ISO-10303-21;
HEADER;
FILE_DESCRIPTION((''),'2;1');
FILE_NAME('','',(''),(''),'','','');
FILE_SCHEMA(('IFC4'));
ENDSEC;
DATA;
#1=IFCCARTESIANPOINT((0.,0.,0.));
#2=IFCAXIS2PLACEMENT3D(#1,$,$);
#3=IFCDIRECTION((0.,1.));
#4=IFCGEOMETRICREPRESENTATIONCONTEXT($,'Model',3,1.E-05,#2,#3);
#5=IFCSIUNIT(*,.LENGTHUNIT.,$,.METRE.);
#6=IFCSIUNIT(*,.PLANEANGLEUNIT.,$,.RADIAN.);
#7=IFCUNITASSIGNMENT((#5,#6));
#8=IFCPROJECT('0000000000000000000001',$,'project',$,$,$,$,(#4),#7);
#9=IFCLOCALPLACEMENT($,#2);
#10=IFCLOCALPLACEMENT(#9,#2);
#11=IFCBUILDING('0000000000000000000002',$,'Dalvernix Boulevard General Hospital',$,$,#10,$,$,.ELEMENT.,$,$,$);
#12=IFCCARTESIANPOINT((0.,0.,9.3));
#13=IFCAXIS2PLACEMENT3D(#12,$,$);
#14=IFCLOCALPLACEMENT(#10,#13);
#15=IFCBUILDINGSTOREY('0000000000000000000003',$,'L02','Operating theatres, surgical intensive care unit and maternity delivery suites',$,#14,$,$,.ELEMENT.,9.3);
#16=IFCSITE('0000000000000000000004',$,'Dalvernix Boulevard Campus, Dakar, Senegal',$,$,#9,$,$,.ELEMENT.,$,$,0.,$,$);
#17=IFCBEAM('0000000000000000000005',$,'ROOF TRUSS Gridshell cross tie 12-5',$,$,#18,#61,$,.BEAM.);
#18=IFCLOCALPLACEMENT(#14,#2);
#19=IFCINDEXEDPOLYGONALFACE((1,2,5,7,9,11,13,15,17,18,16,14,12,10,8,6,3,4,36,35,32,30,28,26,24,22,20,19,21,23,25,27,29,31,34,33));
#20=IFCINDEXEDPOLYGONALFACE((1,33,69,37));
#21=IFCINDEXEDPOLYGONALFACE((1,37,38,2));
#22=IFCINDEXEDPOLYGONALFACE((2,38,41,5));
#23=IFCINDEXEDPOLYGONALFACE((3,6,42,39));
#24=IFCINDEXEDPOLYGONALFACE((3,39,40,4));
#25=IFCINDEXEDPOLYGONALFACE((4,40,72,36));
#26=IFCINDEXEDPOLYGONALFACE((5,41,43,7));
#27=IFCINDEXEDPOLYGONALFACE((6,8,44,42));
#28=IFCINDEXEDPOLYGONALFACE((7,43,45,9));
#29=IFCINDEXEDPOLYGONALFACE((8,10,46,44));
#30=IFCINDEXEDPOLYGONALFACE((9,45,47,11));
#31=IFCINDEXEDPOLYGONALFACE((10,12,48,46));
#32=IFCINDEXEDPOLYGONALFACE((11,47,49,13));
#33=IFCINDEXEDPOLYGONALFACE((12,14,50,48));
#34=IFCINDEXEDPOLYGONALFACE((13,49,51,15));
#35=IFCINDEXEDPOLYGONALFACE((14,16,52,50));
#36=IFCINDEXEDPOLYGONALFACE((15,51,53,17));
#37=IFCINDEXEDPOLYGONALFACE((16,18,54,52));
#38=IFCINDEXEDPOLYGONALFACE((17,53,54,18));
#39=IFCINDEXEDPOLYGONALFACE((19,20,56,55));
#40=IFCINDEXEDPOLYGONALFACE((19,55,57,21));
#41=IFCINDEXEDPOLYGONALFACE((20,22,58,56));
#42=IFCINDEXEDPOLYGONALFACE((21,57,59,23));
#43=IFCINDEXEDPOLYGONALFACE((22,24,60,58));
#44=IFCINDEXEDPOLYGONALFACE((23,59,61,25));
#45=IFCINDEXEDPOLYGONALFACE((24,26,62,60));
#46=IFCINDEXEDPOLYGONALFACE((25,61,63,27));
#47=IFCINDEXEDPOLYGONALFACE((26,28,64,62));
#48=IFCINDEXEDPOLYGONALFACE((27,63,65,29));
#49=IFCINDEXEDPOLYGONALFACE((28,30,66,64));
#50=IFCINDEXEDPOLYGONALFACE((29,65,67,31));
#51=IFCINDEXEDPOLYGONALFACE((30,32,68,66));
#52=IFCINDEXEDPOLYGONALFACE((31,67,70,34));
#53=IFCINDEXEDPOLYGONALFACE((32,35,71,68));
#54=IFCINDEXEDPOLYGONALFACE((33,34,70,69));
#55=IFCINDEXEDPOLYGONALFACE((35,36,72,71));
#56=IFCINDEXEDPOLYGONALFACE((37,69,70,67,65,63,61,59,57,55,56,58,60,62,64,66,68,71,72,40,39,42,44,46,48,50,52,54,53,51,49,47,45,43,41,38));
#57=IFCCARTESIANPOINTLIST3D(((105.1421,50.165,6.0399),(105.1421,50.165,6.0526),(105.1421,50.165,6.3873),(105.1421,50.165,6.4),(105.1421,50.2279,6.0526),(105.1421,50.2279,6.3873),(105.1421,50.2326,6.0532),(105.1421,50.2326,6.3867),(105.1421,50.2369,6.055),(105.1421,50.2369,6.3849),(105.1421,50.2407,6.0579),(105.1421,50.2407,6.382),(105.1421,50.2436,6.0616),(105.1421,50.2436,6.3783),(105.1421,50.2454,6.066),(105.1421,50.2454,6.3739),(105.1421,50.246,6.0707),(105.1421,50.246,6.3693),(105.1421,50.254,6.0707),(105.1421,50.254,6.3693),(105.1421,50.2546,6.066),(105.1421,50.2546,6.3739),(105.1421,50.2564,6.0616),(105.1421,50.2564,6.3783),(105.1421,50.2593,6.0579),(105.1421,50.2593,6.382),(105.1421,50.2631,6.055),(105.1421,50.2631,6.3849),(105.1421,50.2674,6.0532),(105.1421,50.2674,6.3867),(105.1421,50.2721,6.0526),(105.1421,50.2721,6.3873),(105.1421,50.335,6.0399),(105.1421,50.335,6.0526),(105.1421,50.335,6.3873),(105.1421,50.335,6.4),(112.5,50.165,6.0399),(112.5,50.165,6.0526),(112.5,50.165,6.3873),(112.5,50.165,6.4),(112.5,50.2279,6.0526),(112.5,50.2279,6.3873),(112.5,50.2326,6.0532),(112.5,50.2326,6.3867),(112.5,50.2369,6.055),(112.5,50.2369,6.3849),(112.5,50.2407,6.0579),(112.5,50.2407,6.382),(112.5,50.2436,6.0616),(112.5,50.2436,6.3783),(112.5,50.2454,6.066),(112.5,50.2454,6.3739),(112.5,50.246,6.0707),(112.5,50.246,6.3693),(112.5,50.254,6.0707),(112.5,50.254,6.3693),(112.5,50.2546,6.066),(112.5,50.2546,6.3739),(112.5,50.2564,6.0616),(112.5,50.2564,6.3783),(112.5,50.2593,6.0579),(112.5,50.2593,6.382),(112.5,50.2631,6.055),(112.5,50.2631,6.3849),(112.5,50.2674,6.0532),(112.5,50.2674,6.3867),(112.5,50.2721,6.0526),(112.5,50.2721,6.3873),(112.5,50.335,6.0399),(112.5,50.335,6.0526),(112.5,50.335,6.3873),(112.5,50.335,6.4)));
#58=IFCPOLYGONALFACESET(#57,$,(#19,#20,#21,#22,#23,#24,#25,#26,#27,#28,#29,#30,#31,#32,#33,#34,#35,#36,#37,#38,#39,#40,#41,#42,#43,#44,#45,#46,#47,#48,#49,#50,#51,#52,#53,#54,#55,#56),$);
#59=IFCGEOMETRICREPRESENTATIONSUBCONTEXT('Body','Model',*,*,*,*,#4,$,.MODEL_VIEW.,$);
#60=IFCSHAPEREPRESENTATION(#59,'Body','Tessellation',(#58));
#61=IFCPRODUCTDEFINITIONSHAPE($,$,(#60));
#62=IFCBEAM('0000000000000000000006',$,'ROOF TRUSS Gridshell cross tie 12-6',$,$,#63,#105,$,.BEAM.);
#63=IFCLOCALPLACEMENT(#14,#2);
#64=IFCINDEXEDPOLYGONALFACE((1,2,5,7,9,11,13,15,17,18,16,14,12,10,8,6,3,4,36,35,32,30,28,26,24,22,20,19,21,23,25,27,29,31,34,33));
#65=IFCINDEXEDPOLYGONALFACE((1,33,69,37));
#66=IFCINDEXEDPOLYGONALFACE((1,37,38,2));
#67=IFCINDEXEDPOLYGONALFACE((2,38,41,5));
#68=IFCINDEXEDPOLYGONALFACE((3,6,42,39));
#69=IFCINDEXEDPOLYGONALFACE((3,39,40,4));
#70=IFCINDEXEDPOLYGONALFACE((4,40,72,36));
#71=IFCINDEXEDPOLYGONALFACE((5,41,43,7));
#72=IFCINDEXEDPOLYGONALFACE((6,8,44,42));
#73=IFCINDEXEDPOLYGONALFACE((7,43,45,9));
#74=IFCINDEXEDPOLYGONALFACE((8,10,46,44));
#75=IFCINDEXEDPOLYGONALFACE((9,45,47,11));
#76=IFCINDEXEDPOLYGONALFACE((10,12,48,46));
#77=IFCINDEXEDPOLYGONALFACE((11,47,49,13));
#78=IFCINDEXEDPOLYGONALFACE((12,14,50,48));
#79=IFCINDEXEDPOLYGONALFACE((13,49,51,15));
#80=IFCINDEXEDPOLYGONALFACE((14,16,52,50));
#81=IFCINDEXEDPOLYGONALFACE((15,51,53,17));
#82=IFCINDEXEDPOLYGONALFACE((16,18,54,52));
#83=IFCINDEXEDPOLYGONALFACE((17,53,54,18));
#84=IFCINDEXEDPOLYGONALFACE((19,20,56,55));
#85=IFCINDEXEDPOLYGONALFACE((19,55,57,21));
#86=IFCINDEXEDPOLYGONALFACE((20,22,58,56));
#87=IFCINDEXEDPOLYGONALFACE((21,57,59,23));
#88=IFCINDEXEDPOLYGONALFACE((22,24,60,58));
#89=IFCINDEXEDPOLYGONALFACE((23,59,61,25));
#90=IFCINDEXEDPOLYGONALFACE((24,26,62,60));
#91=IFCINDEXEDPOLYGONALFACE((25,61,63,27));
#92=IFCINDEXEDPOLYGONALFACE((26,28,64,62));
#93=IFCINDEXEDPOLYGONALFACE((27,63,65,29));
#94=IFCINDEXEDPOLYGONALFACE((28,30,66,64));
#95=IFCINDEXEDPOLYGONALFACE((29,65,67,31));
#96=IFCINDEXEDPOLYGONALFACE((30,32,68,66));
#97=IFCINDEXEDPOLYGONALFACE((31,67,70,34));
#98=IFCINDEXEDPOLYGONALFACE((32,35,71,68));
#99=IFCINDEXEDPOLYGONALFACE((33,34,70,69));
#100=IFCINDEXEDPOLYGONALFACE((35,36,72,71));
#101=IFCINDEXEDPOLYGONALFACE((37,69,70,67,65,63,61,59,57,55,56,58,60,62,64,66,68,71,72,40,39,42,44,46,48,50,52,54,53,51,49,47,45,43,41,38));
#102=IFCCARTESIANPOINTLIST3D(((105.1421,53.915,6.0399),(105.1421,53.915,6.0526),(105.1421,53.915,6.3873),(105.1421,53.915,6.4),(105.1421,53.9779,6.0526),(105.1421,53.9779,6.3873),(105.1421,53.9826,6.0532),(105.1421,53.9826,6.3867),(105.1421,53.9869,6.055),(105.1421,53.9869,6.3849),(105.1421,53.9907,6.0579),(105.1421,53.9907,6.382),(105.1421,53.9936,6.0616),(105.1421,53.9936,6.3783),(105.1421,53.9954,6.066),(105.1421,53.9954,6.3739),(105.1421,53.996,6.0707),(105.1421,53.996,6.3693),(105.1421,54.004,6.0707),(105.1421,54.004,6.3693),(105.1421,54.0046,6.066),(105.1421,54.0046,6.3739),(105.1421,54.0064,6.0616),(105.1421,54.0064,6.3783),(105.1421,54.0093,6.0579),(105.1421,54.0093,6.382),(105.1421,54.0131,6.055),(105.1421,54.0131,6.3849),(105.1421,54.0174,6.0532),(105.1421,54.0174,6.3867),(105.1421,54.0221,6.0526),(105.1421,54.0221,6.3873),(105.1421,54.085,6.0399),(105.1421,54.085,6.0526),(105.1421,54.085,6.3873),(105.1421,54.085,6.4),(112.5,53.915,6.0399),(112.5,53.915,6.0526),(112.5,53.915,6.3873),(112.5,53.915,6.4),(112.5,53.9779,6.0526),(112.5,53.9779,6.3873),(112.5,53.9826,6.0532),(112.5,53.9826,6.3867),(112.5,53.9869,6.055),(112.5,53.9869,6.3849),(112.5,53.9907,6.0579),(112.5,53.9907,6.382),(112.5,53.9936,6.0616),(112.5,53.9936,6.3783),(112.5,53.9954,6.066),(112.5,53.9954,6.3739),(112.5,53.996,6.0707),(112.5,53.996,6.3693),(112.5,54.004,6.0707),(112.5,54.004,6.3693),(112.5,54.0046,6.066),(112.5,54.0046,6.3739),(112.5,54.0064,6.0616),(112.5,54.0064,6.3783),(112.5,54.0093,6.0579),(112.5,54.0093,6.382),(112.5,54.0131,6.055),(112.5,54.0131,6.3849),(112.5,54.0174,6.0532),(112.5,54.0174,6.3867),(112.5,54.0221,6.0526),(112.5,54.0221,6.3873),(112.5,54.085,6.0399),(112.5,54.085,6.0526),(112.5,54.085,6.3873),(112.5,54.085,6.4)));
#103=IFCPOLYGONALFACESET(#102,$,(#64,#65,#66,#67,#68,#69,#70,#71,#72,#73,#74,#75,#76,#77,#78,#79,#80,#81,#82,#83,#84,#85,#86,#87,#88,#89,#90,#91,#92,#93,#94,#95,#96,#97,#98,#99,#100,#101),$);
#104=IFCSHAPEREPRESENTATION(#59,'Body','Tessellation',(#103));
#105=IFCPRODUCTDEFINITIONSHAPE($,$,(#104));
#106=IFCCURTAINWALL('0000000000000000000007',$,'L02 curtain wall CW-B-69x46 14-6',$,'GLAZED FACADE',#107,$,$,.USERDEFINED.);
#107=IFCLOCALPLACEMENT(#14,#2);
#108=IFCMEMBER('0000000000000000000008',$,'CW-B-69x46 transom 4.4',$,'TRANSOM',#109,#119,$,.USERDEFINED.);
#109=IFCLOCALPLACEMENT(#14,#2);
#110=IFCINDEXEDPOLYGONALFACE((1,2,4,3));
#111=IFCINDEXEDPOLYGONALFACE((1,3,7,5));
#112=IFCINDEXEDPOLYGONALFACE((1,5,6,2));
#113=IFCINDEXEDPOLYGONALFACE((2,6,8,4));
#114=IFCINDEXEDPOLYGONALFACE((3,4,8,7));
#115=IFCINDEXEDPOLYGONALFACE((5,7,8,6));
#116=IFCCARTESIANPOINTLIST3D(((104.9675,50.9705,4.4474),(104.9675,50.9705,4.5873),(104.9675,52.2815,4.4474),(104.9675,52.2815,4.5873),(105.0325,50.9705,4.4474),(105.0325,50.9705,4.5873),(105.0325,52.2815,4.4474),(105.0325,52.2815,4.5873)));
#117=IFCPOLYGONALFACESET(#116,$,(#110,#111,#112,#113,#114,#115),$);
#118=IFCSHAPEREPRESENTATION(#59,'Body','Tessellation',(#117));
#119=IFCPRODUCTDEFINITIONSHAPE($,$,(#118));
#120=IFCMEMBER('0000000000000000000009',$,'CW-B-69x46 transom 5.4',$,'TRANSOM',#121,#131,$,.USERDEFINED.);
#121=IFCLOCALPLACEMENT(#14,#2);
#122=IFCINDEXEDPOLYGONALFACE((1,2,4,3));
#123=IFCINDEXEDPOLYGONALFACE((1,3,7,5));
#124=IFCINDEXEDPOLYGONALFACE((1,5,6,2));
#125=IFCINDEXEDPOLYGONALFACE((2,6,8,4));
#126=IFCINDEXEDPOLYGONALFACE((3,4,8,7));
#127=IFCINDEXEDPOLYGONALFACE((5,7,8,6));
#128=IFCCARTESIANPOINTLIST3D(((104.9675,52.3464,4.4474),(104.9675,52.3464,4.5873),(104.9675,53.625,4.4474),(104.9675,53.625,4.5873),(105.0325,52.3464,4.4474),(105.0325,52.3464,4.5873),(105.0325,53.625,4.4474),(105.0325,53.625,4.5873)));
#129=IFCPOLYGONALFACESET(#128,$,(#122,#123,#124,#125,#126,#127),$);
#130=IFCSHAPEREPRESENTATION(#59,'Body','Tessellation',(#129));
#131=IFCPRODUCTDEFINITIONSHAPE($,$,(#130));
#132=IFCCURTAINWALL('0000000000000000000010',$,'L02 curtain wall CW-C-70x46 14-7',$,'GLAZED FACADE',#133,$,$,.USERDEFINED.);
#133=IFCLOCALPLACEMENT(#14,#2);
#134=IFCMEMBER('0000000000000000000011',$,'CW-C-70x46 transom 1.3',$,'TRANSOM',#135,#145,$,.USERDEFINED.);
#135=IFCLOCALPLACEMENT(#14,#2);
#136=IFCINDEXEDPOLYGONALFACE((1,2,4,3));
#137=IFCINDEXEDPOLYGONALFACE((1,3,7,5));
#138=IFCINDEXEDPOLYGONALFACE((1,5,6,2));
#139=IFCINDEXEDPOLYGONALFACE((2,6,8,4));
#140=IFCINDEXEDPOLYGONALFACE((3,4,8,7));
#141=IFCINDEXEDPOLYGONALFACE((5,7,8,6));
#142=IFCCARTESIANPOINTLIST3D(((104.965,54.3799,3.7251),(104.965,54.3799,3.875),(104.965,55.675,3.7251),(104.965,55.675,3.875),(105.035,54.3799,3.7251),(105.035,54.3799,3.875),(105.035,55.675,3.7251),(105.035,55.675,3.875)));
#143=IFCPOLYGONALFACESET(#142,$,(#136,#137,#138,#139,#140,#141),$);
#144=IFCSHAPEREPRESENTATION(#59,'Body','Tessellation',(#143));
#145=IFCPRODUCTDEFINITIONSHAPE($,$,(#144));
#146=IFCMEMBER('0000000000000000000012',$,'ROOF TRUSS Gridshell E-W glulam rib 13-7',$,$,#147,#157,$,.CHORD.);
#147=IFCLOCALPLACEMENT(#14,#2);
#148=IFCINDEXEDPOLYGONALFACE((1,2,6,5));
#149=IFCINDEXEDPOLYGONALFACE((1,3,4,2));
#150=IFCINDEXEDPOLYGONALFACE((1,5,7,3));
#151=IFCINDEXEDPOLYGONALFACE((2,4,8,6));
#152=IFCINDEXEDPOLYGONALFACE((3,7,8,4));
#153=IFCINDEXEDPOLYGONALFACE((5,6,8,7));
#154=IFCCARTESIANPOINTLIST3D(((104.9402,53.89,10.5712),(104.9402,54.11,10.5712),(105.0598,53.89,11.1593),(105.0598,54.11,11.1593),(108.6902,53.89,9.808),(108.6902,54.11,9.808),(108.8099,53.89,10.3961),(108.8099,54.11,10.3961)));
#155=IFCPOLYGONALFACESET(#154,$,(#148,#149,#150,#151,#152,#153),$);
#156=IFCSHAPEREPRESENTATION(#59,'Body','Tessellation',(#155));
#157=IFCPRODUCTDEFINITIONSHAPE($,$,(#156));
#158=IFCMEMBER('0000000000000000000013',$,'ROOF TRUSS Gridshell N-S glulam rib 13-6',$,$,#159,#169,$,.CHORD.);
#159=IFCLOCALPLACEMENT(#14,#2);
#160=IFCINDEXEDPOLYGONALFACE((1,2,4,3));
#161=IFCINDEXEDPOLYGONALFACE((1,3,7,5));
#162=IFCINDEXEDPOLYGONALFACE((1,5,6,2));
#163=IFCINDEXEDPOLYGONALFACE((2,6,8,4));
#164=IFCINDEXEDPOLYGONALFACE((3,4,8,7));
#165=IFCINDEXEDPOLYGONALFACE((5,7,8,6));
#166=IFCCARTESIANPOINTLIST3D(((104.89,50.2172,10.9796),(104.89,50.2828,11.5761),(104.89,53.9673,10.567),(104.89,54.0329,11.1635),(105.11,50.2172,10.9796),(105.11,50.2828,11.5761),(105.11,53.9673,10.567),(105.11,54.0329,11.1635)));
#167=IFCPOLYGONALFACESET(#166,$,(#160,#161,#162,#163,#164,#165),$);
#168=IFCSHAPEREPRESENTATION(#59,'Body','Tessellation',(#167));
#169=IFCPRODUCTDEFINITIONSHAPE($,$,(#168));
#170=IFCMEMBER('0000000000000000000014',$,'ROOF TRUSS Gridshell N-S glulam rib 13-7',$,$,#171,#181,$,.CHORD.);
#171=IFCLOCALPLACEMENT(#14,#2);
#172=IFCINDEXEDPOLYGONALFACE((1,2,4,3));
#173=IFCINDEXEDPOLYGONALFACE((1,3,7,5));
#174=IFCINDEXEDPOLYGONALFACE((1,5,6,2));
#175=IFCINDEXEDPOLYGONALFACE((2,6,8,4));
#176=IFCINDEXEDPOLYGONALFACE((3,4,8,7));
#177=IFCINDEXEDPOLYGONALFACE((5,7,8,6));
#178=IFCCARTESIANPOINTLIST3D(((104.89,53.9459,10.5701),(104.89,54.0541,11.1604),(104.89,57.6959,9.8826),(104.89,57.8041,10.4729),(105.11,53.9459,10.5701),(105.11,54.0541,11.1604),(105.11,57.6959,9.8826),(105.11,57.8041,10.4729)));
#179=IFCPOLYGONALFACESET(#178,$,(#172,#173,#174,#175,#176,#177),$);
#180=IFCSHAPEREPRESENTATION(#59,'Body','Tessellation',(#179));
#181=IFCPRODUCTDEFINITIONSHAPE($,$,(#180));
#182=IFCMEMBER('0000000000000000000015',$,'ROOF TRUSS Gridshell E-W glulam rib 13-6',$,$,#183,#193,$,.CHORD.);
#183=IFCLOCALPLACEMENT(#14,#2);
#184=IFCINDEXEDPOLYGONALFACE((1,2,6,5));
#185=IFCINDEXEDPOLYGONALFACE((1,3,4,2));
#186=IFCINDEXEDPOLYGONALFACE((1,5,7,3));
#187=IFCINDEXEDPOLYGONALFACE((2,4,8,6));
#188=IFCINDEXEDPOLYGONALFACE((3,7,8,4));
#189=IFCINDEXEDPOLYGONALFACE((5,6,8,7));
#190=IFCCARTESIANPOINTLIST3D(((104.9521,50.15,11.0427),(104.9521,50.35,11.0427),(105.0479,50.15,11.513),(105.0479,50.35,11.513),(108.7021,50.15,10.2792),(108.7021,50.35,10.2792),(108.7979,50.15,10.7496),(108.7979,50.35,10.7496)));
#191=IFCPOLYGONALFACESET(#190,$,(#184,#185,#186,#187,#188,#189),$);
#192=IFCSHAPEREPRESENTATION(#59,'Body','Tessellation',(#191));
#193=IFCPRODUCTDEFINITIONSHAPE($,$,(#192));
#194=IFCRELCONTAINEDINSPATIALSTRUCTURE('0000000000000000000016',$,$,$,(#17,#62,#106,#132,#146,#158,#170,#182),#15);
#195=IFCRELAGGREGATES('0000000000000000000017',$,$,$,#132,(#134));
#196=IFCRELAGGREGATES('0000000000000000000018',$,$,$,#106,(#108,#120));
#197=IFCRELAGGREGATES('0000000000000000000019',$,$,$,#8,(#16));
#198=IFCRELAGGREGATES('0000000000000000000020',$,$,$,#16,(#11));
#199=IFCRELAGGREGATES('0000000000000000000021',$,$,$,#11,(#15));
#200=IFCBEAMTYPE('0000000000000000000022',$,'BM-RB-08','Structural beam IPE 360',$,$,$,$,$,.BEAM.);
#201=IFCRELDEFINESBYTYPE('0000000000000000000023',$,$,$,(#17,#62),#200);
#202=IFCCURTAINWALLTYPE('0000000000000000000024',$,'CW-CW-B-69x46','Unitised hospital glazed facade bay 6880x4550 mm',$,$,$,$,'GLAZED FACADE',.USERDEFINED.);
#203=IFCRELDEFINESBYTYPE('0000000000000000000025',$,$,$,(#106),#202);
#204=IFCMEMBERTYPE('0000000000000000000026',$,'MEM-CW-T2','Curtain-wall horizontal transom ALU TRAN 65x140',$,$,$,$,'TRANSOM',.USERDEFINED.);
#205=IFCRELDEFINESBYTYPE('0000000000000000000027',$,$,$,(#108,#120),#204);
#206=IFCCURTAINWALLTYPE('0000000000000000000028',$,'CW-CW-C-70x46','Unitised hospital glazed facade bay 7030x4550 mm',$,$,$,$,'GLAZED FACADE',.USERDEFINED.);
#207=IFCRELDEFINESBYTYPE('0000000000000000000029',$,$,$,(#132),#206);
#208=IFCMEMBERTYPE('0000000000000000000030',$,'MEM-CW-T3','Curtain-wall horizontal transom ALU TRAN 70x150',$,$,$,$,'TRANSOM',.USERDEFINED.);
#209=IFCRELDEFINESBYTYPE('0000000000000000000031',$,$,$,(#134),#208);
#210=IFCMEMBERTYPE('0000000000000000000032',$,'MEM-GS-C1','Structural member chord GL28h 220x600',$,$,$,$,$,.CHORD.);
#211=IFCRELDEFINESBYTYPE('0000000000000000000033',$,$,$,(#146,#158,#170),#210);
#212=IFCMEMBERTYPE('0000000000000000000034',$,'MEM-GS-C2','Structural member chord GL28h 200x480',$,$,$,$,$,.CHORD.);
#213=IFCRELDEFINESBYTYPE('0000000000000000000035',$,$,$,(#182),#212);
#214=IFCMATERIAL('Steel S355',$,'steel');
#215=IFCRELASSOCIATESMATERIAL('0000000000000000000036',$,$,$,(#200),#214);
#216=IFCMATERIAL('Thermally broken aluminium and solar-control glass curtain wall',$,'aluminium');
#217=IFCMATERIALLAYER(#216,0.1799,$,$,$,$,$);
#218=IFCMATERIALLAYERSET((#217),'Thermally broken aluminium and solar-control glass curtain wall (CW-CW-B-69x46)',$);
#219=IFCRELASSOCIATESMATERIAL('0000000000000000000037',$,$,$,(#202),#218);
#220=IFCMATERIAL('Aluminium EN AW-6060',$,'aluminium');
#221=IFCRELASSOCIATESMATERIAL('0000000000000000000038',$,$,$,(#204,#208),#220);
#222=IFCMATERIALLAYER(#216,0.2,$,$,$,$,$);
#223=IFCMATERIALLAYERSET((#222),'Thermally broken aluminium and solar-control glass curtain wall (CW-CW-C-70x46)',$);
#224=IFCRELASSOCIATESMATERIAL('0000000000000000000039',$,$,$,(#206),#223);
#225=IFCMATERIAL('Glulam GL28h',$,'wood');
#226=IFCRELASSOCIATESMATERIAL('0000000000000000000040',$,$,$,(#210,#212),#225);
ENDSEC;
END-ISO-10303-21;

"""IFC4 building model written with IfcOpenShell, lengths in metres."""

from ifc_helpers import new_model, si_unit, direction, frame, origin, origin_2d, place, context, subcontext, project, spatial, rectangle, i_section, extrude, material, layer, layer_set, material_profile, profile_set, type_object, element, aggregate, save


model = new_model("IFC4")

# Units and contexts
model_context = context("Model", 3, precision=1e-05, world=origin(), true_north=direction((0.0, 1.0)))
body_context = subcontext(model_context, "Body", "Model", "MODEL_VIEW")
ifc_project = project(units=[si_unit("LENGTHUNIT", "METRE"), si_unit("PLANEANGLEUNIT", "RADIAN")], contexts=[model_context])

# Site, building, storey
site_placement = place(None, origin())
site = spatial("IfcSite", under=ifc_project, at=site_placement, Name="Dalvernix Boulevard Campus, Dakar, Senegal", CompositionType="ELEMENT", RefElevation=0.0)
building_placement = place(site_placement, origin())
building = spatial("IfcBuilding", under=site, at=building_placement, Name="Dalvernix Boulevard General Hospital", CompositionType="ELEMENT")
storey_placement = place(building_placement, frame((0.0, 0.0, 9.3)))
storey = spatial("IfcBuildingStorey", under=building, at=storey_placement, Name="L02", Description="Operating theatres, surgical intensive care unit and maternity delivery suites", CompositionType="ELEMENT", Elevation=9.3)

# Beams
ifc_material_1 = material(Name="Steel S355", Category="steel")
ifc_material_profile_1 = material_profile(ifc_material_1, i_section(OverallWidth=0.1699, OverallDepth=0.3601, WebThickness=0.0081, FlangeThickness=0.0127, FilletRadius=0.0181, at=origin_2d()), Name="IPE 360")
ifc_profile_set_1 = profile_set([ifc_material_profile_1], Name="Steel S355")
beam_type = type_object("IfcBeamType", Name="BM-RB-08", Description="Structural beam IPE 360", PredefinedType="BEAM", material=ifc_profile_set_1)
for number, where, z_axis, x_axis, name in (
    (1, (105.1421, 50.25, 6.22), (1.0, 0.0, 0.0), (0.0, 1.0, 0.0), "ROOF TRUSS Gridshell cross tie 12-5"),
    (2, (105.1421, 54.0, 6.22), (1.0, 0.0, 0.0), (0.0, 1.0, 0.0), "ROOF TRUSS Gridshell cross tie 12-6"),
):
    element("IfcBeam", number, at=place(storey_placement, frame(where, z_axis=z_axis, x_axis=x_axis)), inside=storey, type_object=beam_type, Name=name, PredefinedType="BEAM", context=body_context, shape_type="SweptSolid", body=[
        extrude(i_section(OverallWidth=0.1699, OverallDepth=0.3601, WebThickness=0.0081, FlangeThickness=0.0127, FilletRadius=0.0181, at=origin_2d()), origin(), (0.0, 0.0, 1.0), 7.3579),
    ])

# Curtain wall, members
ifc_material_2 = material(Name="Thermally broken aluminium and solar-control glass curtain wall", Category="aluminium")
ifc_layer_1 = layer(ifc_material_2, 0.1799)
ifc_layer_set_1 = layer_set([ifc_layer_1], Name="Thermally broken aluminium and solar-control glass curtain wall (CW-CW-B-69x46)")
curtain_wall_type_1 = type_object("IfcCurtainWallType", Name="CW-CW-B-69x46", Description="Unitised hospital glazed facade bay 6880x4550 mm", ElementType="GLAZED FACADE", PredefinedType="USERDEFINED", material=ifc_layer_set_1)
curtain_wall_1_placement = place(storey_placement, origin())
curtain_wall_1 = element("IfcCurtainWall", 3, at=curtain_wall_1_placement, inside=storey, type_object=curtain_wall_type_1, Name="L02 curtain wall CW-B-69x46 14-6", ObjectType="GLAZED FACADE", PredefinedType="USERDEFINED")
ifc_material_3 = material(Name="Aluminium EN AW-6060", Category="aluminium")
ifc_material_profile_2 = material_profile(ifc_material_3, rectangle(XDim=0.0649, YDim=0.1399, at=origin_2d()), Name="ALU TRAN 65x140")
ifc_profile_set_2 = profile_set([ifc_material_profile_2], Name="Aluminium EN AW-6060")
member_type_1 = type_object("IfcMemberType", Name="MEM-CW-T2", Description="Curtain-wall horizontal transom ALU TRAN 65x140", ElementType="TRANSOM", PredefinedType="USERDEFINED", material=ifc_profile_set_2)
member_1_placement = place(storey_placement, frame((105.0, 50.9705, 4.5173), z_axis=(0.0, 1.0, 0.0), x_axis=(-1.0, 0.0, 0.0)))
member_1 = element("IfcMember", 4, at=member_1_placement, type_object=member_type_1, Name="CW-B-69x46 transom 4.4", ObjectType="TRANSOM", PredefinedType="USERDEFINED", context=body_context, shape_type="SweptSolid", body=[
    extrude(rectangle(XDim=0.0649, YDim=0.1399, at=origin_2d()), origin(), (0.0, 0.0, 1.0), 1.311),
])
member_2_placement = place(storey_placement, frame((105.0, 52.3464, 4.5173), z_axis=(0.0, 1.0, 0.0), x_axis=(-1.0, 0.0, 0.0)))
member_2 = element("IfcMember", 5, at=member_2_placement, type_object=member_type_1, Name="CW-B-69x46 transom 5.4", ObjectType="TRANSOM", PredefinedType="USERDEFINED", context=body_context, shape_type="SweptSolid", body=[
    extrude(rectangle(XDim=0.0649, YDim=0.1399, at=origin_2d()), origin(), (0.0, 0.0, 1.0), 1.2786),
])

# Curtain wall, member
ifc_layer_2 = layer(ifc_material_2, 0.2)
ifc_layer_set_2 = layer_set([ifc_layer_2], Name="Thermally broken aluminium and solar-control glass curtain wall (CW-CW-C-70x46)")
curtain_wall_type_2 = type_object("IfcCurtainWallType", Name="CW-CW-C-70x46", Description="Unitised hospital glazed facade bay 7030x4550 mm", ElementType="GLAZED FACADE", PredefinedType="USERDEFINED", material=ifc_layer_set_2)
curtain_wall_2_placement = place(storey_placement, origin())
curtain_wall_2 = element("IfcCurtainWall", 6, at=curtain_wall_2_placement, inside=storey, type_object=curtain_wall_type_2, Name="L02 curtain wall CW-C-70x46 14-7", ObjectType="GLAZED FACADE", PredefinedType="USERDEFINED")
ifc_material_profile_3 = material_profile(ifc_material_3, rectangle(XDim=0.0701, YDim=0.1499, at=origin_2d()), Name="ALU TRAN 70x150")
ifc_profile_set_3 = profile_set([ifc_material_profile_3], Name="Aluminium EN AW-6060")
member_type_2 = type_object("IfcMemberType", Name="MEM-CW-T3", Description="Curtain-wall horizontal transom ALU TRAN 70x150", ElementType="TRANSOM", PredefinedType="USERDEFINED", material=ifc_profile_set_3)
member_3_placement = place(storey_placement, frame((105.0, 54.3799, 3.8), z_axis=(0.0, 1.0, 0.0), x_axis=(-1.0, 0.0, 0.0)))
member_3 = element("IfcMember", 7, at=member_3_placement, type_object=member_type_2, Name="CW-C-70x46 transom 1.3", ObjectType="TRANSOM", PredefinedType="USERDEFINED", context=body_context, shape_type="SweptSolid", body=[
    extrude(rectangle(XDim=0.0701, YDim=0.1499, at=origin_2d()), origin(), (0.0, 0.0, 1.0), 1.2952),
])
aggregate(curtain_wall_2, [member_3])

# Members
ifc_material_4 = material(Name="Glulam GL28h", Category="wood")
ifc_material_profile_4 = material_profile(ifc_material_4, rectangle(XDim=0.22, YDim=0.6001, at=origin_2d()), Name="GL28h 220x600")
ifc_profile_set_4 = profile_set([ifc_material_profile_4], Name="Glulam GL28h")
member_type_3 = type_object("IfcMemberType", Name="MEM-GS-C1", Description="Structural member chord GL28h 220x600", PredefinedType="CHORD", material=ifc_profile_set_4)
member_4_placement = place(storey_placement, frame((105.0, 54.0, 10.8652), z_axis=(0.979913, 0.0, -0.199428), x_axis=(0.0, 1.0, 0.0)))
element("IfcMember", 8, at=member_4_placement, inside=storey, type_object=member_type_3, Name="ROOF TRUSS Gridshell E-W glulam rib 13-7", PredefinedType="CHORD", context=body_context, shape_type="SweptSolid", body=[
    extrude(rectangle(XDim=0.22, YDim=0.6001, at=origin_2d()), origin(), (0.0, 0.0, 1.0), 3.8269),
])
member_5_placement = place(storey_placement, frame((105.0, 50.25, 11.2778), z_axis=(0.0, 0.994002, -0.109366), x_axis=(-1.0, 0.0, 0.0)))
element("IfcMember", 9, at=member_5_placement, inside=storey, type_object=member_type_3, Name="ROOF TRUSS Gridshell N-S glulam rib 13-6", PredefinedType="CHORD", context=body_context, shape_type="SweptSolid", body=[
    extrude(rectangle(XDim=0.22, YDim=0.6001, at=origin_2d()), origin(), (0.0, 0.0, 1.0), 3.7727),
])
member_6_placement = place(storey_placement, frame((105.0, 54.0, 10.8652), z_axis=(0.0, 0.983607, -0.180328), x_axis=(-1.0, 0.0, 0.0)))
element("IfcMember", 10, at=member_6_placement, inside=storey, type_object=member_type_3, Name="ROOF TRUSS Gridshell N-S glulam rib 13-7", PredefinedType="CHORD", context=body_context, shape_type="SweptSolid", body=[
    extrude(rectangle(XDim=0.22, YDim=0.6001, at=origin_2d()), origin(), (0.0, 0.0, 1.0), 3.8125),
])
ifc_material_profile_5 = material_profile(ifc_material_4, rectangle(XDim=0.2, YDim=0.48, at=origin_2d()), Name="GL28h 200x480")
ifc_profile_set_5 = profile_set([ifc_material_profile_5], Name="Glulam GL28h")
member_type_4 = type_object("IfcMemberType", Name="MEM-GS-C2", Description="Structural member chord GL28h 200x480", PredefinedType="CHORD", material=ifc_profile_set_5)
member_7_placement = place(storey_placement, frame((105.0, 50.25, 11.2778), z_axis=(0.9799, 0.0, -0.199489), x_axis=(0.0, 1.0, 0.0)))
element("IfcMember", 11, at=member_7_placement, inside=storey, type_object=member_type_4, Name="ROOF TRUSS Gridshell E-W glulam rib 13-6", PredefinedType="CHORD", context=body_context, shape_type="SweptSolid", body=[
    extrude(rectangle(XDim=0.2, YDim=0.48, at=origin_2d()), origin(), (0.0, 0.0, 1.0), 3.8269),
])

aggregate(curtain_wall_1, [member_1, member_2])

save(model, "model.ifc")
